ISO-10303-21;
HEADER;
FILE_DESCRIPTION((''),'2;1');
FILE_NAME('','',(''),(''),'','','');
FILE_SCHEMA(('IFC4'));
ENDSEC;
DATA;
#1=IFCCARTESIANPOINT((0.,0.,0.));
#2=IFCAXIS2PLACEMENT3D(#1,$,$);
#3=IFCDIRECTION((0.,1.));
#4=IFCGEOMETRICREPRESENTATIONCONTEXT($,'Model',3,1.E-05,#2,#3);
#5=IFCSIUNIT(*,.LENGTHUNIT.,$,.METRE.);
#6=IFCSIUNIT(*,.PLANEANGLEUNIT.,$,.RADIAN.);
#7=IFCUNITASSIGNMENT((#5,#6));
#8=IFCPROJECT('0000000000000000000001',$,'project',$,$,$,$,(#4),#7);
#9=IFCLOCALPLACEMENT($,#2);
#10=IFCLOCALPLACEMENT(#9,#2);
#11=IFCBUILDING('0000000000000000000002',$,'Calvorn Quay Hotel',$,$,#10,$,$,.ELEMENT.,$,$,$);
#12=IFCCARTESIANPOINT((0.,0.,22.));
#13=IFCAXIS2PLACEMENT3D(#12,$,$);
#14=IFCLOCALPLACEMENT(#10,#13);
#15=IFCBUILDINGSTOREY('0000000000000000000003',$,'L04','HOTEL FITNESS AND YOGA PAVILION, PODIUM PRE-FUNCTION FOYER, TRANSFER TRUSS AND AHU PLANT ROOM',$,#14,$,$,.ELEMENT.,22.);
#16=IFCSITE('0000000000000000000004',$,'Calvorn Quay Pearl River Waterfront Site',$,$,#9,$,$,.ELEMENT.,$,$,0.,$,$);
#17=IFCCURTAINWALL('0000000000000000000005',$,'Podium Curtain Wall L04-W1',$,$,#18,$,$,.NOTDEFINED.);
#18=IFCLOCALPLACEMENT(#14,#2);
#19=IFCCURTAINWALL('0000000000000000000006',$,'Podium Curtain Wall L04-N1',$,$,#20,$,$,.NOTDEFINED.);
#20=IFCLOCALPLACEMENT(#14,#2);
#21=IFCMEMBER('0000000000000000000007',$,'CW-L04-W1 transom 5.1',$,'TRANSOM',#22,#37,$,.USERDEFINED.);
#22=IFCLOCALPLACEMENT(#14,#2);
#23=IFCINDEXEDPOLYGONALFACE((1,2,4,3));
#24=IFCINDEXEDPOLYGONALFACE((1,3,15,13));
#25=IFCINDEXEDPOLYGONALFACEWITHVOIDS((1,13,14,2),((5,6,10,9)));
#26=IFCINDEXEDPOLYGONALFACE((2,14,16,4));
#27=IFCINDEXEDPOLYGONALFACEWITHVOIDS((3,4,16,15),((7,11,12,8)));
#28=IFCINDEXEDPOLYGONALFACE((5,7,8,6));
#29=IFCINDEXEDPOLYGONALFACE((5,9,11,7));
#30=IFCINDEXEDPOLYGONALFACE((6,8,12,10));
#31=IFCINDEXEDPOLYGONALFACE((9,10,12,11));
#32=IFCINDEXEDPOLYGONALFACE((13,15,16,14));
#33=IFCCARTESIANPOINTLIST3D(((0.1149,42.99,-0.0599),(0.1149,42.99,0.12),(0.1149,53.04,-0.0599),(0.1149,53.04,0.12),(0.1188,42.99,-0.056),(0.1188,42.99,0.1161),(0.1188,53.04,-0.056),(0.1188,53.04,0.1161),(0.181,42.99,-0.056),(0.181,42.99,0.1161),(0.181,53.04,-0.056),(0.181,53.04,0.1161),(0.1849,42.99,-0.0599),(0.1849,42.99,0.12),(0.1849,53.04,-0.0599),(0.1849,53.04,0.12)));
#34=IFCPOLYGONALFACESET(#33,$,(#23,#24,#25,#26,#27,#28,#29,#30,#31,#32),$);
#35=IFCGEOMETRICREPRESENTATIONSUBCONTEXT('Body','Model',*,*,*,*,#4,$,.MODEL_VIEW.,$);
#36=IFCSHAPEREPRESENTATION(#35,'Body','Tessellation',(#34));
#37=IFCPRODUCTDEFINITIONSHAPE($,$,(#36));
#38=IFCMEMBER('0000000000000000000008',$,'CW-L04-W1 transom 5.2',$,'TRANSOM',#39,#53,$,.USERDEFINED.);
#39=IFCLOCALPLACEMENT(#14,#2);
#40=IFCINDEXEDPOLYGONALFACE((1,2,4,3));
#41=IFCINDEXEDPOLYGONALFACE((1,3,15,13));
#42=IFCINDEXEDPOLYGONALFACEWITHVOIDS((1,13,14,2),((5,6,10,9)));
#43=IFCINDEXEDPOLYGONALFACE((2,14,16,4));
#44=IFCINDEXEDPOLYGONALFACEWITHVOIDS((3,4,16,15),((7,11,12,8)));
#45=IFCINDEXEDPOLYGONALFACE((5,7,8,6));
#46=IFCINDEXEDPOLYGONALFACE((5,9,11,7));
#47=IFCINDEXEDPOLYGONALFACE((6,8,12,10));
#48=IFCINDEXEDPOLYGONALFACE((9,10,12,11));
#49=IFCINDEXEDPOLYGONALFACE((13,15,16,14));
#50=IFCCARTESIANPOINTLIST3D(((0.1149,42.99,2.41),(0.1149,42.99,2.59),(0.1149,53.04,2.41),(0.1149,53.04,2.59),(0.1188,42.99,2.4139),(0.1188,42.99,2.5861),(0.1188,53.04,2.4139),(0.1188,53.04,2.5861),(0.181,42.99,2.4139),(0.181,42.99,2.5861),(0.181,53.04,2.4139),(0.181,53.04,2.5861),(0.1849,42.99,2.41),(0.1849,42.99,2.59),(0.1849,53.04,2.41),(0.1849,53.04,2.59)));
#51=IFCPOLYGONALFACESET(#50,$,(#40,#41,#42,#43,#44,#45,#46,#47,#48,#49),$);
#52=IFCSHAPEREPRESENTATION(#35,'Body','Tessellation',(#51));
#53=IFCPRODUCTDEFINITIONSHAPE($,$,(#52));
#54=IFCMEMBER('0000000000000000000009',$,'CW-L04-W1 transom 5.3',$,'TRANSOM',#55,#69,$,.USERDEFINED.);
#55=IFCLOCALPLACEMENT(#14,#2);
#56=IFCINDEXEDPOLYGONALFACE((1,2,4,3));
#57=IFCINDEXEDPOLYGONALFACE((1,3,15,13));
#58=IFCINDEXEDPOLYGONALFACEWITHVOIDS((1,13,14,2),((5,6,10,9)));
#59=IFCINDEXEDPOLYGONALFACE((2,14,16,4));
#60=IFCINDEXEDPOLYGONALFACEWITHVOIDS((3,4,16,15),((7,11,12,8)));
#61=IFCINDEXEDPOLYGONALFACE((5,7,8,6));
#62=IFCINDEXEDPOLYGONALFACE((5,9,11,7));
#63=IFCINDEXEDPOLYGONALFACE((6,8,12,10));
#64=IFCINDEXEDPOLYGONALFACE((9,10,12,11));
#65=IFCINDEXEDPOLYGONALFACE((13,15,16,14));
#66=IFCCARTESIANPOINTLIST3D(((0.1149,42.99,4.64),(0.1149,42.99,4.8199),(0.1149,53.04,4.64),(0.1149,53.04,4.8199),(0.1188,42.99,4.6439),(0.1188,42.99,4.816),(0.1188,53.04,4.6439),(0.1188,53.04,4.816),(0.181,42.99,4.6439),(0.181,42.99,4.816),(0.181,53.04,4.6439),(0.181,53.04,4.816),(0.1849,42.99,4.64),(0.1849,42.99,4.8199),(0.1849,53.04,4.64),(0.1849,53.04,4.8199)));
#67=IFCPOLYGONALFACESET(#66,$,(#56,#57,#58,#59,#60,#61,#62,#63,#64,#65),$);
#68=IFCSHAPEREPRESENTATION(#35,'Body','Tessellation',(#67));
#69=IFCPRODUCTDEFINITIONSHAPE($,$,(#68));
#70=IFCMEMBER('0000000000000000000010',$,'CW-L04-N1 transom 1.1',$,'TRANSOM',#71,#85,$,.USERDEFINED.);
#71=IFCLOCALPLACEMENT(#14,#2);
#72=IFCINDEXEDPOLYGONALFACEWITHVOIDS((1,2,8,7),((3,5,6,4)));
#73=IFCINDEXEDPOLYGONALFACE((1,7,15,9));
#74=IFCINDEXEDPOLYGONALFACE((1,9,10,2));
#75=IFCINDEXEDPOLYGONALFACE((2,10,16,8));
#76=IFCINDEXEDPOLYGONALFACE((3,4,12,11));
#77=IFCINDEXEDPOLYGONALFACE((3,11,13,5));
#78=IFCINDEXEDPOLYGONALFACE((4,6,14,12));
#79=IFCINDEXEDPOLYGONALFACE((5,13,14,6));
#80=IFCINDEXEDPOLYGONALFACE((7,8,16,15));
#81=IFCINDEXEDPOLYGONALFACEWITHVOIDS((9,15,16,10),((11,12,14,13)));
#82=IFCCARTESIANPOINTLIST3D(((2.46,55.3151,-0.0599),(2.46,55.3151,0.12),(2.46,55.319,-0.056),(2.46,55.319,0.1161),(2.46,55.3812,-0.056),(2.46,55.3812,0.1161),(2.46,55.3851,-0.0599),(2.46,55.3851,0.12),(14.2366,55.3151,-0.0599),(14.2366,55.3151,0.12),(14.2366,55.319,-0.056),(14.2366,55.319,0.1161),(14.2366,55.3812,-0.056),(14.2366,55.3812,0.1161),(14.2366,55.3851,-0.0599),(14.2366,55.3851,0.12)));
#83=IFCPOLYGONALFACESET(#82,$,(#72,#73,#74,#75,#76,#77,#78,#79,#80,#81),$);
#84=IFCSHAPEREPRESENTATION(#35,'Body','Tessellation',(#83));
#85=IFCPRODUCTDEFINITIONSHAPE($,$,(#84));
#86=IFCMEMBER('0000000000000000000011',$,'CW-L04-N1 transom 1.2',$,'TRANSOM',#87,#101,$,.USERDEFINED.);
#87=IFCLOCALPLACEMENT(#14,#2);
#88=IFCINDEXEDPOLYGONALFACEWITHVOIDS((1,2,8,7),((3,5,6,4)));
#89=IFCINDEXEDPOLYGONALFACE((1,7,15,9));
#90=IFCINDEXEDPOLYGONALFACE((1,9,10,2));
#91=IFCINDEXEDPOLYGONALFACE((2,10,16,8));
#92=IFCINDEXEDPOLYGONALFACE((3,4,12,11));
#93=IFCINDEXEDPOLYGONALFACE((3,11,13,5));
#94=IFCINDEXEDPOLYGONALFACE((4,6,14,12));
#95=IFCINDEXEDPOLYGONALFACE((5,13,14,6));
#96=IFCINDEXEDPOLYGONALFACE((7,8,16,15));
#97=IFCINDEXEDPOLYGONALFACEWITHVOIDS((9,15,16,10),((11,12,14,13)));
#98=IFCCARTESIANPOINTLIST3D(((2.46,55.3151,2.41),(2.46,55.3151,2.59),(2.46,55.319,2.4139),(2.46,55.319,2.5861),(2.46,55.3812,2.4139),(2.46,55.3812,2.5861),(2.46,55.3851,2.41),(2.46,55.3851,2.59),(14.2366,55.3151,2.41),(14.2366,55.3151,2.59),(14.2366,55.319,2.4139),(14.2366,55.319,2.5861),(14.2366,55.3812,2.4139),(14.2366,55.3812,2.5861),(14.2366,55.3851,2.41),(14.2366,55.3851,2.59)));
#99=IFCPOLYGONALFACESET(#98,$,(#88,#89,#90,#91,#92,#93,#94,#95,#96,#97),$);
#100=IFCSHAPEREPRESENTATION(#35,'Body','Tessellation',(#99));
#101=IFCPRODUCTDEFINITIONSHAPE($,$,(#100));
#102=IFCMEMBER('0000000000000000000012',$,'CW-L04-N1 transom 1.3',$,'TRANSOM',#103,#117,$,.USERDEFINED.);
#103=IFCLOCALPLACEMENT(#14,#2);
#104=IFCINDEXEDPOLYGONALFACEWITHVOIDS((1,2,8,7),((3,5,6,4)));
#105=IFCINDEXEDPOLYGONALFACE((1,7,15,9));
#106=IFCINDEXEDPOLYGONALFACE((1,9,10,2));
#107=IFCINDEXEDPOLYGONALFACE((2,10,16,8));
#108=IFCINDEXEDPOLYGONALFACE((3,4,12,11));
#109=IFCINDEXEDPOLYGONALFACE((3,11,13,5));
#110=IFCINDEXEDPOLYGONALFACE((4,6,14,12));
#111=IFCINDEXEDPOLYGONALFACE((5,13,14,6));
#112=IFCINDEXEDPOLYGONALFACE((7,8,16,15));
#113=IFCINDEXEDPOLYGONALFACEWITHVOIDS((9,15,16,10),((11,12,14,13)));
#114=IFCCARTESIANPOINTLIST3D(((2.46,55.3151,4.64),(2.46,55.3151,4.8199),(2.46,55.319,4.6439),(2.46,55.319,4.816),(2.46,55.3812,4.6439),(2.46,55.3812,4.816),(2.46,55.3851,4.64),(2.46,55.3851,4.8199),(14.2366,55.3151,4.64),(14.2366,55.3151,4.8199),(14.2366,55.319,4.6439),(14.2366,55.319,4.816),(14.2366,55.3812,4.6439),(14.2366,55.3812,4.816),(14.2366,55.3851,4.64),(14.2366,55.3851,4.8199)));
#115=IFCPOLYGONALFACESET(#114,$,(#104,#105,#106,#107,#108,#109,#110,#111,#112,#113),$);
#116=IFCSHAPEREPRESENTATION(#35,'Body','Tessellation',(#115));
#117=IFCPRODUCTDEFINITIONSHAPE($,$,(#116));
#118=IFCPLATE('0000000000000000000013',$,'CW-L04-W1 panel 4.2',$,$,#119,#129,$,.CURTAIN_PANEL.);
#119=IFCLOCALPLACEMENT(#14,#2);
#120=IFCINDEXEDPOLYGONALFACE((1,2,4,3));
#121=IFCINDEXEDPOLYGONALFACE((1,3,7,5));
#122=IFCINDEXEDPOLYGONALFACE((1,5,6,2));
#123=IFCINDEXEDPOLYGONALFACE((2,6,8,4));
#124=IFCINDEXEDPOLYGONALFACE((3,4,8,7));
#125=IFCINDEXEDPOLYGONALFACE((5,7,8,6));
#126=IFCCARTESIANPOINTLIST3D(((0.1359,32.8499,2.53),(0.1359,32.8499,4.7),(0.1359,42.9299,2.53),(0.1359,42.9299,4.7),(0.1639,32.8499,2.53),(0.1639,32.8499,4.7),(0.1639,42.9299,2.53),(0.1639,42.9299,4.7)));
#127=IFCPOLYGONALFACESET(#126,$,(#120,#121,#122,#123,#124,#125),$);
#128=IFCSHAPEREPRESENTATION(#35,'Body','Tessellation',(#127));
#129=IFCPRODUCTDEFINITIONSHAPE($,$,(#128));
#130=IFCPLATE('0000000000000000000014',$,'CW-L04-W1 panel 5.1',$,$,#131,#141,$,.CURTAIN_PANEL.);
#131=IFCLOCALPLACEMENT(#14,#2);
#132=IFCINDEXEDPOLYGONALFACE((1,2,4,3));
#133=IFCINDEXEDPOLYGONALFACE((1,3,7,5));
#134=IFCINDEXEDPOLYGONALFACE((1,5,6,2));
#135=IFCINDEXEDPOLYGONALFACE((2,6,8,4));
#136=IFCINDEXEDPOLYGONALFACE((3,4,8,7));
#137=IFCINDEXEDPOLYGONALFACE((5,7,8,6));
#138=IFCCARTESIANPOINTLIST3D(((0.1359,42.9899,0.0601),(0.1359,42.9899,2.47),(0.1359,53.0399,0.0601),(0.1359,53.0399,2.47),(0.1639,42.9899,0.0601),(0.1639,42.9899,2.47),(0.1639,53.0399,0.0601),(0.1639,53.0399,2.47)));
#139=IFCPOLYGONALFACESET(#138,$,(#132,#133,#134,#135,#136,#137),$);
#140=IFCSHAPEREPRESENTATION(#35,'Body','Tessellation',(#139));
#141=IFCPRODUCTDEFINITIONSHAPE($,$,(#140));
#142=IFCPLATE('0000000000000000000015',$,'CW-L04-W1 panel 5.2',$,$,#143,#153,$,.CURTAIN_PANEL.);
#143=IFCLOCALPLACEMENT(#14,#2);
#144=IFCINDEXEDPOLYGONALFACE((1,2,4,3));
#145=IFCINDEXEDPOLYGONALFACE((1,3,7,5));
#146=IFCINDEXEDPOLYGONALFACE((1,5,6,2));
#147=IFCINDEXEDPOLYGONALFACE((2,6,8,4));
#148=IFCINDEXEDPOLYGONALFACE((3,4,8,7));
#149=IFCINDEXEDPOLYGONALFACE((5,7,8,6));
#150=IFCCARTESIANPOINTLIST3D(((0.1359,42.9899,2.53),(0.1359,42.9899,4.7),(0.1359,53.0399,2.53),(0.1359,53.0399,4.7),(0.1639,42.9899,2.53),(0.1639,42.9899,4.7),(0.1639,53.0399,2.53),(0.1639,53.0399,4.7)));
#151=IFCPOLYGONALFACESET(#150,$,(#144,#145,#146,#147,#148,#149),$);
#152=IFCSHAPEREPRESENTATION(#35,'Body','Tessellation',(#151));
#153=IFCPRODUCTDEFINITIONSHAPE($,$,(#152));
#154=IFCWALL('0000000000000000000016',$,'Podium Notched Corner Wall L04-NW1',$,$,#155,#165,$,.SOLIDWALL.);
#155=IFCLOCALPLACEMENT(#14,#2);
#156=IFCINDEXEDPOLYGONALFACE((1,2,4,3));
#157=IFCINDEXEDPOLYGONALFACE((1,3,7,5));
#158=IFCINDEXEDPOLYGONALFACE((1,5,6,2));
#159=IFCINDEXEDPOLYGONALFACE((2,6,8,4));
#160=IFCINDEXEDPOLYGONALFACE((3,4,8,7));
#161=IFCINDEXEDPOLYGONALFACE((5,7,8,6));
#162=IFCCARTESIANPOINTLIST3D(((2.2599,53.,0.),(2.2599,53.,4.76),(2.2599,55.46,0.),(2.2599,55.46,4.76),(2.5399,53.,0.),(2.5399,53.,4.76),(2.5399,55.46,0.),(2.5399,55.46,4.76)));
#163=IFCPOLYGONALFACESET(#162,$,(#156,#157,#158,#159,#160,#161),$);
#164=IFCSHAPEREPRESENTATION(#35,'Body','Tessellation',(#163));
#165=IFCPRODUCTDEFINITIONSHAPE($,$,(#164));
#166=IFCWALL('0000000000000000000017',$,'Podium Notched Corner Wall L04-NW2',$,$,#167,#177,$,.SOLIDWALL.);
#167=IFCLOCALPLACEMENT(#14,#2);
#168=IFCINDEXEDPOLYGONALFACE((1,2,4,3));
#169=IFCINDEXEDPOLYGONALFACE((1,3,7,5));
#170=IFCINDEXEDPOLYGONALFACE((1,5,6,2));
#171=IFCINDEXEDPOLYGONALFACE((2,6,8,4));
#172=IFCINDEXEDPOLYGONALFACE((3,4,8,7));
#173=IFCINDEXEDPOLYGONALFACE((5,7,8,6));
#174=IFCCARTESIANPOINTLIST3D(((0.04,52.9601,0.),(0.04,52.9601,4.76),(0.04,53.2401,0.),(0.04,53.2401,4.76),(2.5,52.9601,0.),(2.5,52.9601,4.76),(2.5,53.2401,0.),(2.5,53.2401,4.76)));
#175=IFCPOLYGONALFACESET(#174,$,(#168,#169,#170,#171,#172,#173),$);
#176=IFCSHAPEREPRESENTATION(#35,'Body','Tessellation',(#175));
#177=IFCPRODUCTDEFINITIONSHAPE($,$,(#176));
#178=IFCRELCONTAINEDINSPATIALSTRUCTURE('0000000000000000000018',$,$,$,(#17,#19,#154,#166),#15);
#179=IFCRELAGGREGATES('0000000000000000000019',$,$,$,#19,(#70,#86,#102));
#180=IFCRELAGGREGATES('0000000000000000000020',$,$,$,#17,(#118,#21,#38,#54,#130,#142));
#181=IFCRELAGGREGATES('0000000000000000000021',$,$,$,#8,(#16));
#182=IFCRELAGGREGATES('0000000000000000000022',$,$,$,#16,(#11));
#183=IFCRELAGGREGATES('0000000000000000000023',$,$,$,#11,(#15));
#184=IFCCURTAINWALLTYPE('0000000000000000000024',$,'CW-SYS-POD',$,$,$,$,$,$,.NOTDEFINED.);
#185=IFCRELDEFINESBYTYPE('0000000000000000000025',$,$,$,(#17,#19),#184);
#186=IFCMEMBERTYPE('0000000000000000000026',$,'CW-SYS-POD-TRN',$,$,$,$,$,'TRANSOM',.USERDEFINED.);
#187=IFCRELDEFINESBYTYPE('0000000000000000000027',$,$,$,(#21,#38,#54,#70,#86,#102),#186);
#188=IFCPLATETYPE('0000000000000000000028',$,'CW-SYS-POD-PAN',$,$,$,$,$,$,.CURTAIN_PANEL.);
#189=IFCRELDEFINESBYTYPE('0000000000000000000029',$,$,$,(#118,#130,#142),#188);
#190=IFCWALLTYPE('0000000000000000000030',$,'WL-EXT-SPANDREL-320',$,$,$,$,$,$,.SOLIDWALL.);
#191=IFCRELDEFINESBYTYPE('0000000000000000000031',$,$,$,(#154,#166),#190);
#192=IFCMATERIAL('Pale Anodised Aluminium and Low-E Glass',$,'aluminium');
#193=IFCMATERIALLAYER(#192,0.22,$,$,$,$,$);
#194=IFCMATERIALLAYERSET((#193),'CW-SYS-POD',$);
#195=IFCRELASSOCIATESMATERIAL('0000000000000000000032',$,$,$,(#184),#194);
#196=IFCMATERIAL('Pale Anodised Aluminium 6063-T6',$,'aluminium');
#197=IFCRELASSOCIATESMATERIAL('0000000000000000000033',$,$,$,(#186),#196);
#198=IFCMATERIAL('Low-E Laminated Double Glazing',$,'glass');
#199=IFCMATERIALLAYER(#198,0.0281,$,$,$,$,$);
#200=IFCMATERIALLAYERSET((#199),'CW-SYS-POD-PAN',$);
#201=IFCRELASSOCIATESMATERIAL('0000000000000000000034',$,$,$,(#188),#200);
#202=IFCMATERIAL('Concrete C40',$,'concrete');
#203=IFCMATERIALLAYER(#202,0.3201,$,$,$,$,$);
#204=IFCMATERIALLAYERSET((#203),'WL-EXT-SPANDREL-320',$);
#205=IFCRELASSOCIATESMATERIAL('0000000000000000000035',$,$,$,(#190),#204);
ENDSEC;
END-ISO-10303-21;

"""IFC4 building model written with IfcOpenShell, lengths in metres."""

from ifc_helpers import new_model, si_unit, direction, frame, frame_2d, origin, origin_2d, place, context, subcontext, project, spatial, rectangle, hollow_rectangle, extrude, material, layer, layer_set, material_profile, profile_set, type_object, element, aggregate, save


model = new_model("IFC4")

# Units and contexts
model_context = context("Model", 3, precision=1e-05, world=origin(), true_north=direction((0.0, 1.0)))
body_context = subcontext(model_context, "Body", "Model", "MODEL_VIEW")
ifc_project = project(units=[si_unit("LENGTHUNIT", "METRE"), si_unit("PLANEANGLEUNIT", "RADIAN")], contexts=[model_context])

# Site, building, storey
site_placement = place(None, origin())
site = spatial("IfcSite", under=ifc_project, at=site_placement, Name="Calvorn Quay Pearl River Waterfront Site", CompositionType="ELEMENT", RefElevation=0.0)
building_placement = place(site_placement, origin())
building = spatial("IfcBuilding", under=site, at=building_placement, Name="Calvorn Quay Hotel", CompositionType="ELEMENT")
storey_placement = place(building_placement, frame((0.0, 0.0, 22.0)))
storey = spatial("IfcBuildingStorey", under=building, at=storey_placement, Name="L04", Description="HOTEL FITNESS AND YOGA PAVILION, PODIUM PRE-FUNCTION FOYER, TRANSFER TRUSS AND AHU PLANT ROOM", CompositionType="ELEMENT", Elevation=22.0)

# Curtain wall
ifc_material_1 = material(Name="Pale Anodised Aluminium and Low-E Glass", Category="aluminium")
ifc_layer_1 = layer(ifc_material_1, 0.22)
ifc_layer_set_1 = layer_set([ifc_layer_1], Name="CW-SYS-POD")
curtain_wall_type = type_object("IfcCurtainWallType", Name="CW-SYS-POD", PredefinedType="NOTDEFINED", material=ifc_layer_set_1)
curtain_wall_1_placement = place(storey_placement, origin())
curtain_wall_1 = element("IfcCurtainWall", 1, at=curtain_wall_1_placement, inside=storey, type_object=curtain_wall_type, Name="Podium Curtain Wall L04-W1", PredefinedType="NOTDEFINED")

# Curtain wall
curtain_wall_2_placement = place(storey_placement, origin())
curtain_wall_2 = element("IfcCurtainWall", 2, at=curtain_wall_2_placement, inside=storey, type_object=curtain_wall_type, Name="Podium Curtain Wall L04-N1", PredefinedType="NOTDEFINED")

# Members
ifc_material_2 = material(Name="Pale Anodised Aluminium 6063-T6", Category="aluminium")
ifc_material_profile_1 = material_profile(ifc_material_2, hollow_rectangle(XDim=0.0701, YDim=0.1799, WallThickness=0.0039, at=origin_2d()), Name="ALU-T180x70x4")
ifc_profile_set_1 = profile_set([ifc_material_profile_1], Name="Pale Anodised Aluminium 6063-T6")
member_type_1 = type_object("IfcMemberType", Name="CW-SYS-POD-TRN", ElementType="TRANSOM", PredefinedType="USERDEFINED", material=ifc_profile_set_1)
member_1_placement = place(storey_placement, frame((0.1499, 42.99, 0.03), z_axis=(0.0, 1.0, 0.0), x_axis=(-1.0, 0.0, 0.0)))
member_1 = element("IfcMember", 3, at=member_1_placement, type_object=member_type_1, Name="CW-L04-W1 transom 5.1", ObjectType="TRANSOM", PredefinedType="USERDEFINED", context=body_context, shape_type="SweptSolid", body=[
    extrude(hollow_rectangle(XDim=0.0701, YDim=0.1799, WallThickness=0.0039, at=origin_2d()), origin(), (0.0, 0.0, 1.0), 10.05),
])
member_2_placement = place(storey_placement, frame((0.1499, 42.99, 2.5), z_axis=(0.0, 1.0, 0.0), x_axis=(-1.0, 0.0, 0.0)))
member_2 = element("IfcMember", 4, at=member_2_placement, type_object=member_type_1, Name="CW-L04-W1 transom 5.2", ObjectType="TRANSOM", PredefinedType="USERDEFINED", context=body_context, shape_type="SweptSolid", body=[
    extrude(hollow_rectangle(XDim=0.0701, YDim=0.1799, WallThickness=0.0039, at=origin_2d()), origin(), (0.0, 0.0, 1.0), 10.05),
])
member_3_placement = place(storey_placement, frame((0.1499, 42.99, 4.73), z_axis=(0.0, 1.0, 0.0), x_axis=(-1.0, 0.0, 0.0)))
member_3 = element("IfcMember", 5, at=member_3_placement, type_object=member_type_1, Name="CW-L04-W1 transom 5.3", ObjectType="TRANSOM", PredefinedType="USERDEFINED", context=body_context, shape_type="SweptSolid", body=[
    extrude(hollow_rectangle(XDim=0.0701, YDim=0.1799, WallThickness=0.0039, at=origin_2d()), origin(), (0.0, 0.0, 1.0), 10.05),
])
member_4_placement = place(storey_placement, frame((2.46, 55.3501, 0.03), z_axis=(1.0, 0.0, 0.0), x_axis=(0.0, 1.0, 0.0)))
member_4 = element("IfcMember", 6, at=member_4_placement, type_object=member_type_1, Name="CW-L04-N1 transom 1.1", ObjectType="TRANSOM", PredefinedType="USERDEFINED", context=body_context, shape_type="SweptSolid", body=[
    extrude(hollow_rectangle(XDim=0.0701, YDim=0.1799, WallThickness=0.0039, at=origin_2d()), origin(), (0.0, 0.0, 1.0), 11.7766),
])
member_5_placement = place(storey_placement, frame((2.46, 55.3501, 2.5), z_axis=(1.0, 0.0, 0.0), x_axis=(0.0, 1.0, 0.0)))
member_5 = element("IfcMember", 7, at=member_5_placement, type_object=member_type_1, Name="CW-L04-N1 transom 1.2", ObjectType="TRANSOM", PredefinedType="USERDEFINED", context=body_context, shape_type="SweptSolid", body=[
    extrude(hollow_rectangle(XDim=0.0701, YDim=0.1799, WallThickness=0.0039, at=origin_2d()), origin(), (0.0, 0.0, 1.0), 11.7766),
])
member_6_placement = place(storey_placement, frame((2.46, 55.3501, 4.73), z_axis=(1.0, 0.0, 0.0), x_axis=(0.0, 1.0, 0.0)))
member_6 = element("IfcMember", 8, at=member_6_placement, type_object=member_type_1, Name="CW-L04-N1 transom 1.3", ObjectType="TRANSOM", PredefinedType="USERDEFINED", context=body_context, shape_type="SweptSolid", body=[
    extrude(hollow_rectangle(XDim=0.0701, YDim=0.1799, WallThickness=0.0039, at=origin_2d()), origin(), (0.0, 0.0, 1.0), 11.7766),
])
aggregate(curtain_wall_2, [member_4, member_5, member_6])

# Plates
ifc_material_3 = material(Name="Low-E Laminated Double Glazing", Category="glass")
ifc_layer_2 = layer(ifc_material_3, 0.0281)
ifc_layer_set_2 = layer_set([ifc_layer_2], Name="CW-SYS-POD-PAN")
plate_type = type_object("IfcPlateType", Name="CW-SYS-POD-PAN", PredefinedType="CURTAIN_PANEL", material=ifc_layer_set_2)
plate_1_placement = place(storey_placement, frame((0.1499, 37.8899, 2.53), z_axis=(0.0, 0.0, 1.0), x_axis=(0.0, 1.0, 0.0)))
plate_1 = element("IfcPlate", 9, at=plate_1_placement, type_object=plate_type, Name="CW-L04-W1 panel 4.2", PredefinedType="CURTAIN_PANEL", context=body_context, shape_type="SweptSolid", body=[
    extrude(rectangle(XDim=10.0801, YDim=0.0281, at=origin_2d()), origin(), (0.0, 0.0, 1.0), 2.1699),
])
plate_2_placement = place(storey_placement, frame((0.1499, 48.0149, 0.0601), z_axis=(0.0, 0.0, 1.0), x_axis=(0.0, 1.0, 0.0)))
plate_2 = element("IfcPlate", 10, at=plate_2_placement, type_object=plate_type, Name="CW-L04-W1 panel 5.1", PredefinedType="CURTAIN_PANEL", context=body_context, shape_type="SweptSolid", body=[
    extrude(rectangle(XDim=10.05, YDim=0.0281, at=origin_2d()), origin(), (0.0, 0.0, 1.0), 2.4099),
])
plate_3_placement = place(storey_placement, frame((0.1499, 48.0149, 2.53), z_axis=(0.0, 0.0, 1.0), x_axis=(0.0, 1.0, 0.0)))
plate_3 = element("IfcPlate", 11, at=plate_3_placement, type_object=plate_type, Name="CW-L04-W1 panel 5.2", PredefinedType="CURTAIN_PANEL", context=body_context, shape_type="SweptSolid", body=[
    extrude(rectangle(XDim=10.05, YDim=0.0281, at=origin_2d()), origin(), (0.0, 0.0, 1.0), 2.1699),
])
aggregate(curtain_wall_1, [plate_1, member_1, member_2, member_3, plate_2, plate_3])

# Walls
ifc_material_4 = material(Name="Concrete C40", Category="concrete")
ifc_layer_3 = layer(ifc_material_4, 0.3201)
ifc_layer_set_3 = layer_set([ifc_layer_3], Name="WL-EXT-SPANDREL-320")
wall_type = type_object("IfcWallType", Name="WL-EXT-SPANDREL-320", PredefinedType="SOLIDWALL", material=ifc_layer_set_3)
for number, where, z_axis, x_axis, name in (
    (12, (2.3999, 55.46, 0.0), (0.0, 0.0, 1.0), (0.0, -1.0, 0.0), "Podium Notched Corner Wall L04-NW1"),
    (13, (2.5, 53.1001, 0.0), (0.0, 0.0, 1.0), (-1.0, 0.0, 0.0), "Podium Notched Corner Wall L04-NW2"),
):
    element("IfcWall", number, at=place(storey_placement, frame(where, z_axis=z_axis, x_axis=x_axis)), inside=storey, type_object=wall_type, Name=name, PredefinedType="SOLIDWALL", context=body_context, shape_type="SweptSolid", body=[
        extrude(rectangle(XDim=2.46, YDim=0.28, at=frame_2d((1.23, 0.0))), origin(), (0.0, 0.0, 1.0), 4.76),
    ])

save(model, "model.ifc")
